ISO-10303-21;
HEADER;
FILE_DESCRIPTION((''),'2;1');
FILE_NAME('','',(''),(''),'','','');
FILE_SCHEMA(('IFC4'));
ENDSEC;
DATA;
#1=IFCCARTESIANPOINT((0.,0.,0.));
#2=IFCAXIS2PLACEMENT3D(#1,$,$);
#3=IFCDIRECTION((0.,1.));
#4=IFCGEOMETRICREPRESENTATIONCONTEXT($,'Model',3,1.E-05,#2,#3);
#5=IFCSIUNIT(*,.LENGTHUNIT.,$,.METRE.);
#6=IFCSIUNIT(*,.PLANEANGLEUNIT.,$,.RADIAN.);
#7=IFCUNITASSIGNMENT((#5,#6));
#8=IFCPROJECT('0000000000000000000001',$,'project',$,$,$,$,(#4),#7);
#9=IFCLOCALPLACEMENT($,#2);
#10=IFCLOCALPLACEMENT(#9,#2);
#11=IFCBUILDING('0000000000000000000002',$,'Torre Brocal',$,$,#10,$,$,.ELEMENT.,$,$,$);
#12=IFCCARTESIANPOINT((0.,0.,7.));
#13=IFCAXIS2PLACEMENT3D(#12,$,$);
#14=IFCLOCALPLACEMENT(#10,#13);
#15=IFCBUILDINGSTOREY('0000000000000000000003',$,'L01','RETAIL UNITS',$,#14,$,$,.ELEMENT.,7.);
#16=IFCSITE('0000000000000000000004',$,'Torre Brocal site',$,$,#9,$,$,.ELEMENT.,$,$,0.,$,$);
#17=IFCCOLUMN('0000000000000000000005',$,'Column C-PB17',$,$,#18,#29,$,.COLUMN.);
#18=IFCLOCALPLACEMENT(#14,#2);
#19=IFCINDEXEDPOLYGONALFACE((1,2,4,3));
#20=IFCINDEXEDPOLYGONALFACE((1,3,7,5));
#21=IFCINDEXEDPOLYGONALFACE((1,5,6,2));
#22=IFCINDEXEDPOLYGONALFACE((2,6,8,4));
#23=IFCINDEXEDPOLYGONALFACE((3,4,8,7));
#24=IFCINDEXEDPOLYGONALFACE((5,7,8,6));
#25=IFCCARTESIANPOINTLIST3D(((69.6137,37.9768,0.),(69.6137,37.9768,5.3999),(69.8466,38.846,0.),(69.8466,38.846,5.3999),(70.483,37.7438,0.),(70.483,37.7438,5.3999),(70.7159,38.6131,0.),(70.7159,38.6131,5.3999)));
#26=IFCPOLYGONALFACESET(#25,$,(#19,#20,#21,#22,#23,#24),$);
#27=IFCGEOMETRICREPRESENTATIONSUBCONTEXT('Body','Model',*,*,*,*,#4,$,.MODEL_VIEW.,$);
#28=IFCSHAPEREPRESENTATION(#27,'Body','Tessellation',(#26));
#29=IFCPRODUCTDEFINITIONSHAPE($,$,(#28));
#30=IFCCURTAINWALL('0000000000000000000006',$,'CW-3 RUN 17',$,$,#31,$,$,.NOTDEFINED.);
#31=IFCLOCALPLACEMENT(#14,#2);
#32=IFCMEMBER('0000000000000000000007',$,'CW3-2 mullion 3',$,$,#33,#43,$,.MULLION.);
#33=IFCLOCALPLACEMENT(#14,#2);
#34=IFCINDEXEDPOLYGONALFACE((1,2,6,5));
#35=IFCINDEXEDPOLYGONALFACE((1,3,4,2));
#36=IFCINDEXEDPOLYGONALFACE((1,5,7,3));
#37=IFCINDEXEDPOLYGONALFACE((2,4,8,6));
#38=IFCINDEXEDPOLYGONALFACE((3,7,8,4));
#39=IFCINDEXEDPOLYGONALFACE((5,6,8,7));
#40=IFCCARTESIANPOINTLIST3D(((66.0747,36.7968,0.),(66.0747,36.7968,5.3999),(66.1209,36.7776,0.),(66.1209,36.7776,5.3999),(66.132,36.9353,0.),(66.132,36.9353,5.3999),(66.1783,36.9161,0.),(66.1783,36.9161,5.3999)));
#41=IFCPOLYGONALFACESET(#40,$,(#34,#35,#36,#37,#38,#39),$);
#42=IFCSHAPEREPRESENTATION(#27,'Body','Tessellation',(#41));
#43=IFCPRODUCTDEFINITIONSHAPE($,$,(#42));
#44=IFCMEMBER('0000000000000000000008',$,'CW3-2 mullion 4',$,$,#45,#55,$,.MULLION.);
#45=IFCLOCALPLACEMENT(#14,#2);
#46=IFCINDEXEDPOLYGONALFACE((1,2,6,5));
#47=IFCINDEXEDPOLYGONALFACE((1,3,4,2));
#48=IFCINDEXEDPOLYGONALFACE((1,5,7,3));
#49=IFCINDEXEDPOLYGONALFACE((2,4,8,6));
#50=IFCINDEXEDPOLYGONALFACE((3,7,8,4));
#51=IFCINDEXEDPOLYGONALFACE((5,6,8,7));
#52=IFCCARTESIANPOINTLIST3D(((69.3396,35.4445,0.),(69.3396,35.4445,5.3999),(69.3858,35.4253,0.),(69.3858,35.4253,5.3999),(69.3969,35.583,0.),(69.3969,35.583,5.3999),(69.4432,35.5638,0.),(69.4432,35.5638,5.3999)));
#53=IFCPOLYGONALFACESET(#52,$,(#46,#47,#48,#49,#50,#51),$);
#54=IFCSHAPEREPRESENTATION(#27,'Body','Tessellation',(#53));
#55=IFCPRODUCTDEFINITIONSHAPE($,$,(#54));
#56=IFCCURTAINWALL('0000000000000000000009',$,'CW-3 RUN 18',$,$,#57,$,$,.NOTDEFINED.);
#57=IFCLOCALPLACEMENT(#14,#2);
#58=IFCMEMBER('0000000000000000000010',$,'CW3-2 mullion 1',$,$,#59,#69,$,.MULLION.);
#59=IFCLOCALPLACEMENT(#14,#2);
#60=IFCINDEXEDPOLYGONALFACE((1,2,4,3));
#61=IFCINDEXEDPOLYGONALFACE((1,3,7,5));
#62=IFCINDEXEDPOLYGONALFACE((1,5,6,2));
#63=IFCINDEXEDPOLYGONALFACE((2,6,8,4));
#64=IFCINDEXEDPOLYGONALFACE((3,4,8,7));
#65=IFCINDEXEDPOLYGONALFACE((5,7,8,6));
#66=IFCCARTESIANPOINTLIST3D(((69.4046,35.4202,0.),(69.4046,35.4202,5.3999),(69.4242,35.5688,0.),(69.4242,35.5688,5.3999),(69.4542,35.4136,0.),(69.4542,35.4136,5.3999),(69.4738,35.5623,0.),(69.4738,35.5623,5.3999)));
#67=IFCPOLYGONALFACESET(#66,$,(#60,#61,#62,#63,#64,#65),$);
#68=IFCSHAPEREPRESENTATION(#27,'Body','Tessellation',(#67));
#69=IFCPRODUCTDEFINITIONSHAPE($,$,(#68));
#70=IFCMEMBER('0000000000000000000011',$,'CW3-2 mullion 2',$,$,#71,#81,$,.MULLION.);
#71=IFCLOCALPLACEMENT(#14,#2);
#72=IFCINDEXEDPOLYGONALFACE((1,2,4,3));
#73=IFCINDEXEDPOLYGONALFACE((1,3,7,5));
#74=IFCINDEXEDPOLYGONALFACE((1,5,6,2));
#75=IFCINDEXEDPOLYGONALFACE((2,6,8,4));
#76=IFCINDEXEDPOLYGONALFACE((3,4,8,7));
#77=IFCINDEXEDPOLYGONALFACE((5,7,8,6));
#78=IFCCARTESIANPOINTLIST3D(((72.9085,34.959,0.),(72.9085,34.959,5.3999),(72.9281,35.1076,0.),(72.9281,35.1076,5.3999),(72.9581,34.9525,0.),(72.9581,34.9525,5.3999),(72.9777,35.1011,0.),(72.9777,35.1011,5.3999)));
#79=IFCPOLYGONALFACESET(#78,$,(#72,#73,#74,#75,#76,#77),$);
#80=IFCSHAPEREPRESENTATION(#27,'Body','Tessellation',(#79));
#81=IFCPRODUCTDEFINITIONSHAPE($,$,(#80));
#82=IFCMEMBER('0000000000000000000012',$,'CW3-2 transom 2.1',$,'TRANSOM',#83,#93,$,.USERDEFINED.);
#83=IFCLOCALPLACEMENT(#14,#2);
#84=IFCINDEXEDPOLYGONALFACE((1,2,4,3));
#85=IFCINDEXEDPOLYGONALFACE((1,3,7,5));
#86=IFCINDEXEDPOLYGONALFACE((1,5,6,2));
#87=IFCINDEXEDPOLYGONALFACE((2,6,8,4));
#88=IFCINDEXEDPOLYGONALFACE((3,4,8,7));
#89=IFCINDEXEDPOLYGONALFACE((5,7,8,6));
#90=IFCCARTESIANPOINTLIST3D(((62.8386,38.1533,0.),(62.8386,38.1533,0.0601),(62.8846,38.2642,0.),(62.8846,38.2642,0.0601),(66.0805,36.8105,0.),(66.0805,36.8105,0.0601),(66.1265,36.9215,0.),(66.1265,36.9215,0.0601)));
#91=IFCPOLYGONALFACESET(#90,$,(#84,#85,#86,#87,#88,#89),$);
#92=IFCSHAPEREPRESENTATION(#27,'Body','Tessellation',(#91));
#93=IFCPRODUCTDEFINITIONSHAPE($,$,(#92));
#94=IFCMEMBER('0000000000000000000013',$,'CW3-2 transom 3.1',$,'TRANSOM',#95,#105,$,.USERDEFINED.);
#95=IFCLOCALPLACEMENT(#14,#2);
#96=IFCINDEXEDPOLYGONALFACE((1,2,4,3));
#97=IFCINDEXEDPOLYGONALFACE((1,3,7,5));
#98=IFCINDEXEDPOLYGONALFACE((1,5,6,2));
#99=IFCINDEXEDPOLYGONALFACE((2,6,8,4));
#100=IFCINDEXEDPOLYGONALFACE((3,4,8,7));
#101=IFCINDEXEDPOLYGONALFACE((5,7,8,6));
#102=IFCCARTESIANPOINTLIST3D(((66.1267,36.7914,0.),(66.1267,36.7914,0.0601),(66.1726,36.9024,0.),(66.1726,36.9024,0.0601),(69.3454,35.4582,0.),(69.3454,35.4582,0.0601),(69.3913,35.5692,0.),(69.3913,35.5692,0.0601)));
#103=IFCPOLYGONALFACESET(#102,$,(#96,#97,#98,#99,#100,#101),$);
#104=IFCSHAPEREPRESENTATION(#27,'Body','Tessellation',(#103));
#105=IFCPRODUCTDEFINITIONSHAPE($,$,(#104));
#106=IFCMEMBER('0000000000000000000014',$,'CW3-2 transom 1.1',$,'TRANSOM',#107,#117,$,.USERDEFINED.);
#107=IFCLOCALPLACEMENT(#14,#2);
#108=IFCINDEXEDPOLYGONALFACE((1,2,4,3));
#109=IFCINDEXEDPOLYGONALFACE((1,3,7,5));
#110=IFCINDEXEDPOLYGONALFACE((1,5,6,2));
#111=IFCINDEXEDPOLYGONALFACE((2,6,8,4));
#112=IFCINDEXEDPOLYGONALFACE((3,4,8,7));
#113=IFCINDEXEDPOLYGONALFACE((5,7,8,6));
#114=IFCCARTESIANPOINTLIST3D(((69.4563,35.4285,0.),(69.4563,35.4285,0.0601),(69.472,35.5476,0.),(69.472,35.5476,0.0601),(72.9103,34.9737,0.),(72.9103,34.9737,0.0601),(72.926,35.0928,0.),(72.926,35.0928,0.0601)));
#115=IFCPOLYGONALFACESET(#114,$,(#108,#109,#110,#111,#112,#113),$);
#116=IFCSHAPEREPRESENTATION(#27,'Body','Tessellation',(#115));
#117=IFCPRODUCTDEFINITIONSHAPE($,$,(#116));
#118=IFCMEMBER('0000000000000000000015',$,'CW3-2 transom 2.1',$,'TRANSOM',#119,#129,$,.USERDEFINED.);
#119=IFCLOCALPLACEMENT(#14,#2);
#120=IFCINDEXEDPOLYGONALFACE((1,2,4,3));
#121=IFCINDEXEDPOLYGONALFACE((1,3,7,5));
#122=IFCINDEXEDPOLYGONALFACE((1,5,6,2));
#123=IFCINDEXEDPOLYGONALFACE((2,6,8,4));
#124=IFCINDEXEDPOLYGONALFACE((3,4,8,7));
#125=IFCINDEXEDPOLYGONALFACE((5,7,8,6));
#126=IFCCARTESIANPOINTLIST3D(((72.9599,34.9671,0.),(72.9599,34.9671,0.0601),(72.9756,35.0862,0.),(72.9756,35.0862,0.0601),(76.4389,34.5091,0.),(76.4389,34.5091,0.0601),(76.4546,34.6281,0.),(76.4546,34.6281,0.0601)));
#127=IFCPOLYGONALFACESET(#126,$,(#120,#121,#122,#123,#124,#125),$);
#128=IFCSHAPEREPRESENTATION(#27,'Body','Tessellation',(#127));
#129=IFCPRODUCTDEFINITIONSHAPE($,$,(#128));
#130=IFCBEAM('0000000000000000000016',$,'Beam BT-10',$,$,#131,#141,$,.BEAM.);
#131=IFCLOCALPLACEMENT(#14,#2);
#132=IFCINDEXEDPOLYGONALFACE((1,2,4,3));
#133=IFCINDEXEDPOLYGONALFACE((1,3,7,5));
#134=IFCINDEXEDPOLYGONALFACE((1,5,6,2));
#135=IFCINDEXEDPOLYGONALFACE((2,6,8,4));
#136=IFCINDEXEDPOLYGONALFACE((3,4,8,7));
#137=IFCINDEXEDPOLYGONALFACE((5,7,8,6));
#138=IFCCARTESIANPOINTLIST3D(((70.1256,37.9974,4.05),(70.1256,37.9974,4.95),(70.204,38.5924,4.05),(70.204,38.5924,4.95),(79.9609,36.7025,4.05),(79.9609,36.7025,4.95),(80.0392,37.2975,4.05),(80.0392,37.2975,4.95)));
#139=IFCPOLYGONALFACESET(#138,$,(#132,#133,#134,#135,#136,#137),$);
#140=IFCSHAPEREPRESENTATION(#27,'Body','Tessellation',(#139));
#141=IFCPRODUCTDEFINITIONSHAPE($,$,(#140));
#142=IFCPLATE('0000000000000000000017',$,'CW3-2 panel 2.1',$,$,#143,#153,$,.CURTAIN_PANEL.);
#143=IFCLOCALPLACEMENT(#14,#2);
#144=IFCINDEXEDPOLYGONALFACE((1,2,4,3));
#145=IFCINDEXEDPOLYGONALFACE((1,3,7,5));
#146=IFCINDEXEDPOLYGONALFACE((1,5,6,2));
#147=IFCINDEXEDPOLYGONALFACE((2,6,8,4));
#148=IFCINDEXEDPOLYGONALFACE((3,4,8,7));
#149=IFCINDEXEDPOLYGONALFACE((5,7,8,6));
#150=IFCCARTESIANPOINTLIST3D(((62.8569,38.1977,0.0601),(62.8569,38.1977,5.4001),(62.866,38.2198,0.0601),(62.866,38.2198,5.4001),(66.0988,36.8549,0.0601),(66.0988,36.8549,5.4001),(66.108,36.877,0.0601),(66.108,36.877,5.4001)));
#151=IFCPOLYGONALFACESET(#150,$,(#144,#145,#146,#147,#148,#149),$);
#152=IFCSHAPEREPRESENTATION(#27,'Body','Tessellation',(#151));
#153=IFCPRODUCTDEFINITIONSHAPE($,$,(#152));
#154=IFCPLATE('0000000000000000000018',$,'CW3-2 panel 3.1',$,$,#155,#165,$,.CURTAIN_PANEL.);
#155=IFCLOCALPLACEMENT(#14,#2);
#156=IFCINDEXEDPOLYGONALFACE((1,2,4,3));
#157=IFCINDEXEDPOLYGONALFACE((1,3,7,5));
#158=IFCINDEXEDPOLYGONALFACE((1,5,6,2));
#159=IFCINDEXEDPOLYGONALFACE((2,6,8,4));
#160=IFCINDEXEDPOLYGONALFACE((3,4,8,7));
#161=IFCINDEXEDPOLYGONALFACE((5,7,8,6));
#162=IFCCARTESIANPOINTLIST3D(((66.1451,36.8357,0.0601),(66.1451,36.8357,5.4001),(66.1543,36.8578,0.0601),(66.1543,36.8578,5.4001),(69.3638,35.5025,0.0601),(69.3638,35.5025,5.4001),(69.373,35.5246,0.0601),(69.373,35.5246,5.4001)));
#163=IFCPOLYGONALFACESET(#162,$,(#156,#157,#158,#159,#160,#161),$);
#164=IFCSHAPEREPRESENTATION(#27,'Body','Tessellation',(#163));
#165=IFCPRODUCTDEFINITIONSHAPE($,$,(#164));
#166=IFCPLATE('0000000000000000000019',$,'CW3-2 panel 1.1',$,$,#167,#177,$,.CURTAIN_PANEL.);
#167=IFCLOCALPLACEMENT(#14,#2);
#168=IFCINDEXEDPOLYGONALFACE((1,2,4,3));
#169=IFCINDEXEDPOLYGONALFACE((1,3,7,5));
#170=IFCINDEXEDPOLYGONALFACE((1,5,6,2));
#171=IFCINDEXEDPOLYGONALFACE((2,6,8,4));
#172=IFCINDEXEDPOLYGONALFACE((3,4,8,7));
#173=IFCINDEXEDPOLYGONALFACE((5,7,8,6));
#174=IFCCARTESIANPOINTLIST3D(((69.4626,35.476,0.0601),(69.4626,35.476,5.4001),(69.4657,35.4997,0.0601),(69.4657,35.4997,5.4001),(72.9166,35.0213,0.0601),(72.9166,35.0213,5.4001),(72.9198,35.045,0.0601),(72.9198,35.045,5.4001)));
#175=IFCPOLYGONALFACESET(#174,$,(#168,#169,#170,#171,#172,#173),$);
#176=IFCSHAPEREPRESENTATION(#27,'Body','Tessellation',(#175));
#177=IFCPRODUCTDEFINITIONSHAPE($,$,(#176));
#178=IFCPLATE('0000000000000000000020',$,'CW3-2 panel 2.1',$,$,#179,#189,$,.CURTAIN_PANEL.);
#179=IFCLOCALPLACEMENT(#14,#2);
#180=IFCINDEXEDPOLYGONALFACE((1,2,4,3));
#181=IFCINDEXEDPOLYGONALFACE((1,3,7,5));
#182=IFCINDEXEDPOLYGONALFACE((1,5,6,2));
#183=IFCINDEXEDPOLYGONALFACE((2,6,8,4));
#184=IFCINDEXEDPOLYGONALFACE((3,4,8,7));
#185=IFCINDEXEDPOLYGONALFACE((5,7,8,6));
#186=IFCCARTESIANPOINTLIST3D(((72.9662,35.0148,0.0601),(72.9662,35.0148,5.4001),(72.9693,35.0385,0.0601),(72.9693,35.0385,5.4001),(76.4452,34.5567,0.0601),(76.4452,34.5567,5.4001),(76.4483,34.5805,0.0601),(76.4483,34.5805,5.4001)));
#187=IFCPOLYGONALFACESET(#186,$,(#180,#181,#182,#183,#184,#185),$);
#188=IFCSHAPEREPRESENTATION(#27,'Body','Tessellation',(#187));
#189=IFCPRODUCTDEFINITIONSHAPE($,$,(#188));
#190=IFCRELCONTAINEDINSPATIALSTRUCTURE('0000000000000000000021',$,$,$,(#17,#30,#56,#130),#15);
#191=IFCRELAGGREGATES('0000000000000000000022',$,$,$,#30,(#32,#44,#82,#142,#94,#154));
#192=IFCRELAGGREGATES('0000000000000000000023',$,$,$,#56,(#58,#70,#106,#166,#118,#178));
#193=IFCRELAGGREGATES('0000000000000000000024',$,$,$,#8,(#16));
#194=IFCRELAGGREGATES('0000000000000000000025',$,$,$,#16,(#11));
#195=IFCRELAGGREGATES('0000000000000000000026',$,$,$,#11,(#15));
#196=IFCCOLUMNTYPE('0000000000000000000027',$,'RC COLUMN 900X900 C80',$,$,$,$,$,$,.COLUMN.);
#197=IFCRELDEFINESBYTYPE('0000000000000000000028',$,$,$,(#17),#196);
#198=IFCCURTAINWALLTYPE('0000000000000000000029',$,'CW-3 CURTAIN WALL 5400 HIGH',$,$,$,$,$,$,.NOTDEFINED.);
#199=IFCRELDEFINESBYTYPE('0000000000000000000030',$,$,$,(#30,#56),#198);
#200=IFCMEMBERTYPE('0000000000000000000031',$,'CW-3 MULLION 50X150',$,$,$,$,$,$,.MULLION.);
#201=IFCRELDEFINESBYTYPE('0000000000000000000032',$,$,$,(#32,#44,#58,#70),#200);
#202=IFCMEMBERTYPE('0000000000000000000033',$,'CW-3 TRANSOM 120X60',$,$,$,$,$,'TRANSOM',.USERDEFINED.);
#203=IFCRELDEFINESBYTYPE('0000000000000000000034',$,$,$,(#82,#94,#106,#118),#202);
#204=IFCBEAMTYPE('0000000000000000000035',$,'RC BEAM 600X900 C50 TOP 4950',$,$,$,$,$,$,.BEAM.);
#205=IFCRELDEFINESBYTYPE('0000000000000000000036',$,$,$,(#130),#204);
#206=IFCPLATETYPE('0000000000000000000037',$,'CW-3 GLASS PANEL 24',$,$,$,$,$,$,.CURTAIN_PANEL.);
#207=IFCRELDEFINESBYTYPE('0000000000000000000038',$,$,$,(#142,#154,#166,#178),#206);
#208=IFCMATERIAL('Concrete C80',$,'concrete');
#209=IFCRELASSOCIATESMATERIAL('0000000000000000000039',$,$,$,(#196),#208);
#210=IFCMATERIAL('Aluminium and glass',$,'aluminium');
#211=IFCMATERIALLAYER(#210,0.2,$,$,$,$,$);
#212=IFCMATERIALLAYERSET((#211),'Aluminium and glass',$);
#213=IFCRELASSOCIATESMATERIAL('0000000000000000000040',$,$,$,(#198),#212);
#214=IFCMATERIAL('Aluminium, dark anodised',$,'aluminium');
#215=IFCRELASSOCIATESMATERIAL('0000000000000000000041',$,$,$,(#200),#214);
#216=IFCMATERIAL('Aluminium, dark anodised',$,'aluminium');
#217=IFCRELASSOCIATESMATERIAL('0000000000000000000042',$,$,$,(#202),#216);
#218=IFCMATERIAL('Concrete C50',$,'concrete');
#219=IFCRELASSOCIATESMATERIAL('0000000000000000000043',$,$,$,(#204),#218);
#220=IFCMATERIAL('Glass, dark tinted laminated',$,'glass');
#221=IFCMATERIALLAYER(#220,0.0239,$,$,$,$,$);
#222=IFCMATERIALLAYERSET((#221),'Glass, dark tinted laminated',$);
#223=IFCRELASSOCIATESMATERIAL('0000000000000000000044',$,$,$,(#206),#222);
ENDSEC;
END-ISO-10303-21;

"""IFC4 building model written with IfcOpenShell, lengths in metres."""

from ifc_helpers import new_model, si_unit, direction, frame, origin, origin_2d, place, context, subcontext, project, spatial, rectangle, extrude, material, layer, layer_set, material_profile, profile_set, type_object, element, aggregate, save


model = new_model("IFC4")

# Units and contexts
model_context = context("Model", 3, precision=1e-05, world=origin(), true_north=direction((0.0, 1.0)))
body_context = subcontext(model_context, "Body", "Model", "MODEL_VIEW")
ifc_project = project(units=[si_unit("LENGTHUNIT", "METRE"), si_unit("PLANEANGLEUNIT", "RADIAN")], contexts=[model_context])

# Site, building, storey
site_placement = place(None, origin())
site = spatial("IfcSite", under=ifc_project, at=site_placement, Name="Torre Brocal site", CompositionType="ELEMENT", RefElevation=0.0)
building_placement = place(site_placement, origin())
building = spatial("IfcBuilding", under=site, at=building_placement, Name="Torre Brocal", CompositionType="ELEMENT")
storey_placement = place(building_placement, frame((0.0, 0.0, 7.0)))
storey = spatial("IfcBuildingStorey", under=building, at=storey_placement, Name="L01", Description="RETAIL UNITS", CompositionType="ELEMENT", Elevation=7.0)

# Column
ifc_material_1 = material(Name="Concrete C80", Category="concrete")
ifc_material_profile_1 = material_profile(ifc_material_1, rectangle(XDim=0.8999, YDim=0.8999, at=origin_2d()), Name="RC 900X900")
ifc_profile_set_1 = profile_set([ifc_material_profile_1], Name="Concrete C80")
column_type = type_object("IfcColumnType", Name="RC COLUMN 900X900 C80", PredefinedType="COLUMN", material=ifc_profile_set_1)
column_placement = place(storey_placement, frame((70.1648, 38.2949, 0.0), z_axis=(0.0, 0.0, 1.0), x_axis=(-0.258819, -0.965926, 0.0)))
element("IfcColumn", 1, at=column_placement, inside=storey, type_object=column_type, Name="Column C-PB17", PredefinedType="COLUMN", context=body_context, shape_type="SweptSolid", body=[
    extrude(rectangle(XDim=0.8999, YDim=0.8999, at=origin_2d()), origin(), (0.0, 0.0, 1.0), 5.3999),
])

# Curtain walls, members
ifc_material_2 = material(Name="Aluminium and glass", Category="aluminium")
ifc_layer_1 = layer(ifc_material_2, 0.2)
ifc_layer_set_1 = layer_set([ifc_layer_1], Name="Aluminium and glass")
curtain_wall_type = type_object("IfcCurtainWallType", Name="CW-3 CURTAIN WALL 5400 HIGH", PredefinedType="NOTDEFINED", material=ifc_layer_set_1)
curtain_wall_1_placement = place(storey_placement, origin())
curtain_wall_1 = element("IfcCurtainWall", 2, at=curtain_wall_1_placement, inside=storey, type_object=curtain_wall_type, Name="CW-3 RUN 17", PredefinedType="NOTDEFINED")
ifc_material_3 = material(Name="Aluminium, dark anodised", Category="aluminium")
ifc_material_profile_2 = material_profile(ifc_material_3, rectangle(XDim=0.1499, YDim=0.05, at=origin_2d()), Name="CW-3 MULLION 50X150")
ifc_profile_set_2 = profile_set([ifc_material_profile_2], Name="Aluminium, dark anodised")
member_type_1 = type_object("IfcMemberType", Name="CW-3 MULLION 50X150", PredefinedType="MULLION", material=ifc_profile_set_2)
member_1_placement = place(storey_placement, frame((66.1265, 36.8564, 0.0), z_axis=(0.0, 0.0, 1.0), x_axis=(0.382683, 0.92388, 0.0)))
member_1 = element("IfcMember", 3, at=member_1_placement, type_object=member_type_1, Name="CW3-2 mullion 3", PredefinedType="MULLION", context=body_context, shape_type="SweptSolid", body=[
    extrude(rectangle(XDim=0.1499, YDim=0.05, at=origin_2d()), origin(), (0.0, 0.0, 1.0), 5.3999),
])
member_2_placement = place(storey_placement, frame((69.3914, 35.5042, 0.0), z_axis=(0.0, 0.0, 1.0), x_axis=(0.382683, 0.92388, 0.0)))
member_2 = element("IfcMember", 4, at=member_2_placement, type_object=member_type_1, Name="CW3-2 mullion 4", PredefinedType="MULLION", context=body_context, shape_type="SweptSolid", body=[
    extrude(rectangle(XDim=0.1499, YDim=0.05, at=origin_2d()), origin(), (0.0, 0.0, 1.0), 5.3999),
])
curtain_wall_2_placement = place(storey_placement, origin())
curtain_wall_2 = element("IfcCurtainWall", 5, at=curtain_wall_2_placement, inside=storey, type_object=curtain_wall_type, Name="CW-3 RUN 18", PredefinedType="NOTDEFINED")
member_3_placement = place(storey_placement, frame((69.4392, 35.4912, 0.0), z_axis=(0.0, 0.0, 1.0), x_axis=(0.130526, 0.991445, 0.0)))
member_3 = element("IfcMember", 6, at=member_3_placement, type_object=member_type_1, Name="CW3-2 mullion 1", PredefinedType="MULLION", context=body_context, shape_type="SweptSolid", body=[
    extrude(rectangle(XDim=0.1499, YDim=0.05, at=origin_2d()), origin(), (0.0, 0.0, 1.0), 5.3999),
])
member_4_placement = place(storey_placement, frame((72.9431, 35.03, 0.0), z_axis=(0.0, 0.0, 1.0), x_axis=(0.130526, 0.991445, 0.0)))
member_4 = element("IfcMember", 7, at=member_4_placement, type_object=member_type_1, Name="CW3-2 mullion 2", PredefinedType="MULLION", context=body_context, shape_type="SweptSolid", body=[
    extrude(rectangle(XDim=0.1499, YDim=0.05, at=origin_2d()), origin(), (0.0, 0.0, 1.0), 5.3999),
])

# Members
ifc_material_4 = material(Name="Aluminium, dark anodised", Category="aluminium")
ifc_material_profile_3 = material_profile(ifc_material_4, rectangle(XDim=0.1201, YDim=0.0601, at=origin_2d()), Name="CW-3 TRANSOM 120X60")
ifc_profile_set_3 = profile_set([ifc_material_profile_3], Name="Aluminium, dark anodised")
member_type_2 = type_object("IfcMemberType", Name="CW-3 TRANSOM 120X60", ElementType="TRANSOM", PredefinedType="USERDEFINED", material=ifc_profile_set_3)
member_5_placement = place(storey_placement, frame((62.8616, 38.2087, 0.03), z_axis=(0.923888, -0.382663, 0.0), x_axis=(0.382663, 0.923888, 0.0)))
member_5 = element("IfcMember", 8, at=member_5_placement, type_object=member_type_2, Name="CW3-2 transom 2.1", ObjectType="TRANSOM", PredefinedType="USERDEFINED", context=body_context, shape_type="SweptSolid", body=[
    extrude(rectangle(XDim=0.1201, YDim=0.0601, at=origin_2d()), origin(), (0.0, 0.0, 1.0), 3.509),
])
member_6_placement = place(storey_placement, frame((66.1497, 36.8469, 0.03), z_axis=(0.923879, -0.382684, 0.0), x_axis=(0.382684, 0.923879, 0.0)))
member_6 = element("IfcMember", 9, at=member_6_placement, type_object=member_type_2, Name="CW3-2 transom 3.1", ObjectType="TRANSOM", PredefinedType="USERDEFINED", context=body_context, shape_type="SweptSolid", body=[
    extrude(rectangle(XDim=0.1201, YDim=0.0601, at=origin_2d()), origin(), (0.0, 0.0, 1.0), 3.4839),
])
member_7_placement = place(storey_placement, frame((69.4641, 35.488, 0.03), z_axis=(0.991441, -0.130552, 0.0), x_axis=(0.130552, 0.991441, 0.0)))
member_7 = element("IfcMember", 10, at=member_7_placement, type_object=member_type_2, Name="CW3-2 transom 1.1", ObjectType="TRANSOM", PredefinedType="USERDEFINED", context=body_context, shape_type="SweptSolid", body=[
    extrude(rectangle(XDim=0.1201, YDim=0.0601, at=origin_2d()), origin(), (0.0, 0.0, 1.0), 3.4839),
])
member_8_placement = place(storey_placement, frame((72.9678, 35.0266, 0.03), z_axis=(0.991445, -0.130523, 0.0), x_axis=(0.130523, 0.991445, 0.0)))
member_8 = element("IfcMember", 11, at=member_8_placement, type_object=member_type_2, Name="CW3-2 transom 2.1", ObjectType="TRANSOM", PredefinedType="USERDEFINED", context=body_context, shape_type="SweptSolid", body=[
    extrude(rectangle(XDim=0.1201, YDim=0.0601, at=origin_2d()), origin(), (0.0, 0.0, 1.0), 3.509),
])

# Beam
ifc_material_5 = material(Name="Concrete C50", Category="concrete")
ifc_material_profile_4 = material_profile(ifc_material_5, rectangle(XDim=0.6001, YDim=0.8999, at=origin_2d()), Name="RC 600X900")
ifc_profile_set_4 = profile_set([ifc_material_profile_4], Name="Concrete C50")
beam_type = type_object("IfcBeamType", Name="RC BEAM 600X900 C50 TOP 4950", PredefinedType="BEAM", material=ifc_profile_set_4)
beam_placement = place(storey_placement, frame((70.1648, 38.2949, 4.5), z_axis=(0.991444, -0.130535, 0.0), x_axis=(0.130535, 0.991444, 0.0)))
element("IfcBeam", 12, at=beam_placement, inside=storey, type_object=beam_type, Name="Beam BT-10", PredefinedType="BEAM", context=body_context, shape_type="SweptSolid", body=[
    extrude(rectangle(XDim=0.6001, YDim=0.8999, at=origin_2d()), origin(), (0.0, 0.0, 1.0), 9.9202),
])

# Plates
ifc_material_6 = material(Name="Glass, dark tinted laminated", Category="glass")
ifc_layer_2 = layer(ifc_material_6, 0.0239)
ifc_layer_set_2 = layer_set([ifc_layer_2], Name="Glass, dark tinted laminated")
plate_type = type_object("IfcPlateType", Name="CW-3 GLASS PANEL 24", PredefinedType="CURTAIN_PANEL", material=ifc_layer_set_2)
plate_1_placement = place(storey_placement, frame((64.4824, 37.5374, 0.0601), z_axis=(0.0, 0.0, 1.0), x_axis=(0.92388, -0.382683, 0.0)))
plate_1 = element("IfcPlate", 13, at=plate_1_placement, type_object=plate_type, Name="CW3-2 panel 2.1", PredefinedType="CURTAIN_PANEL", context=body_context, shape_type="SweptSolid", body=[
    extrude(rectangle(XDim=3.509, YDim=0.0239, at=origin_2d()), origin(), (0.0, 0.0, 1.0), 5.3401),
])
plate_2_placement = place(storey_placement, frame((67.759, 36.1802, 0.0601), z_axis=(0.0, 0.0, 1.0), x_axis=(0.92388, -0.382683, 0.0)))
plate_2 = element("IfcPlate", 14, at=plate_2_placement, type_object=plate_type, Name="CW3-2 panel 3.1", PredefinedType="CURTAIN_PANEL", context=body_context, shape_type="SweptSolid", body=[
    extrude(rectangle(XDim=3.4839, YDim=0.0239, at=origin_2d()), origin(), (0.0, 0.0, 1.0), 5.3401),
])
aggregate(curtain_wall_1, [member_1, member_2, member_5, plate_1, member_6, plate_2])
plate_3_placement = place(storey_placement, frame((71.1912, 35.2605, 0.0601), z_axis=(0.0, 0.0, 1.0), x_axis=(0.991445, -0.130526, 0.0)))
plate_3 = element("IfcPlate", 15, at=plate_3_placement, type_object=plate_type, Name="CW3-2 panel 1.1", PredefinedType="CURTAIN_PANEL", context=body_context, shape_type="SweptSolid", body=[
    extrude(rectangle(XDim=3.4839, YDim=0.0239, at=origin_2d()), origin(), (0.0, 0.0, 1.0), 5.3401),
])
plate_4_placement = place(storey_placement, frame((74.7073, 34.7976, 0.0601), z_axis=(0.0, 0.0, 1.0), x_axis=(0.991445, -0.130526, 0.0)))
plate_4 = element("IfcPlate", 16, at=plate_4_placement, type_object=plate_type, Name="CW3-2 panel 2.1", PredefinedType="CURTAIN_PANEL", context=body_context, shape_type="SweptSolid", body=[
    extrude(rectangle(XDim=3.509, YDim=0.0239, at=origin_2d()), origin(), (0.0, 0.0, 1.0), 5.3401),
])
aggregate(curtain_wall_2, [member_3, member_4, member_7, plate_3, member_8, plate_4])

save(model, "model.ifc")
